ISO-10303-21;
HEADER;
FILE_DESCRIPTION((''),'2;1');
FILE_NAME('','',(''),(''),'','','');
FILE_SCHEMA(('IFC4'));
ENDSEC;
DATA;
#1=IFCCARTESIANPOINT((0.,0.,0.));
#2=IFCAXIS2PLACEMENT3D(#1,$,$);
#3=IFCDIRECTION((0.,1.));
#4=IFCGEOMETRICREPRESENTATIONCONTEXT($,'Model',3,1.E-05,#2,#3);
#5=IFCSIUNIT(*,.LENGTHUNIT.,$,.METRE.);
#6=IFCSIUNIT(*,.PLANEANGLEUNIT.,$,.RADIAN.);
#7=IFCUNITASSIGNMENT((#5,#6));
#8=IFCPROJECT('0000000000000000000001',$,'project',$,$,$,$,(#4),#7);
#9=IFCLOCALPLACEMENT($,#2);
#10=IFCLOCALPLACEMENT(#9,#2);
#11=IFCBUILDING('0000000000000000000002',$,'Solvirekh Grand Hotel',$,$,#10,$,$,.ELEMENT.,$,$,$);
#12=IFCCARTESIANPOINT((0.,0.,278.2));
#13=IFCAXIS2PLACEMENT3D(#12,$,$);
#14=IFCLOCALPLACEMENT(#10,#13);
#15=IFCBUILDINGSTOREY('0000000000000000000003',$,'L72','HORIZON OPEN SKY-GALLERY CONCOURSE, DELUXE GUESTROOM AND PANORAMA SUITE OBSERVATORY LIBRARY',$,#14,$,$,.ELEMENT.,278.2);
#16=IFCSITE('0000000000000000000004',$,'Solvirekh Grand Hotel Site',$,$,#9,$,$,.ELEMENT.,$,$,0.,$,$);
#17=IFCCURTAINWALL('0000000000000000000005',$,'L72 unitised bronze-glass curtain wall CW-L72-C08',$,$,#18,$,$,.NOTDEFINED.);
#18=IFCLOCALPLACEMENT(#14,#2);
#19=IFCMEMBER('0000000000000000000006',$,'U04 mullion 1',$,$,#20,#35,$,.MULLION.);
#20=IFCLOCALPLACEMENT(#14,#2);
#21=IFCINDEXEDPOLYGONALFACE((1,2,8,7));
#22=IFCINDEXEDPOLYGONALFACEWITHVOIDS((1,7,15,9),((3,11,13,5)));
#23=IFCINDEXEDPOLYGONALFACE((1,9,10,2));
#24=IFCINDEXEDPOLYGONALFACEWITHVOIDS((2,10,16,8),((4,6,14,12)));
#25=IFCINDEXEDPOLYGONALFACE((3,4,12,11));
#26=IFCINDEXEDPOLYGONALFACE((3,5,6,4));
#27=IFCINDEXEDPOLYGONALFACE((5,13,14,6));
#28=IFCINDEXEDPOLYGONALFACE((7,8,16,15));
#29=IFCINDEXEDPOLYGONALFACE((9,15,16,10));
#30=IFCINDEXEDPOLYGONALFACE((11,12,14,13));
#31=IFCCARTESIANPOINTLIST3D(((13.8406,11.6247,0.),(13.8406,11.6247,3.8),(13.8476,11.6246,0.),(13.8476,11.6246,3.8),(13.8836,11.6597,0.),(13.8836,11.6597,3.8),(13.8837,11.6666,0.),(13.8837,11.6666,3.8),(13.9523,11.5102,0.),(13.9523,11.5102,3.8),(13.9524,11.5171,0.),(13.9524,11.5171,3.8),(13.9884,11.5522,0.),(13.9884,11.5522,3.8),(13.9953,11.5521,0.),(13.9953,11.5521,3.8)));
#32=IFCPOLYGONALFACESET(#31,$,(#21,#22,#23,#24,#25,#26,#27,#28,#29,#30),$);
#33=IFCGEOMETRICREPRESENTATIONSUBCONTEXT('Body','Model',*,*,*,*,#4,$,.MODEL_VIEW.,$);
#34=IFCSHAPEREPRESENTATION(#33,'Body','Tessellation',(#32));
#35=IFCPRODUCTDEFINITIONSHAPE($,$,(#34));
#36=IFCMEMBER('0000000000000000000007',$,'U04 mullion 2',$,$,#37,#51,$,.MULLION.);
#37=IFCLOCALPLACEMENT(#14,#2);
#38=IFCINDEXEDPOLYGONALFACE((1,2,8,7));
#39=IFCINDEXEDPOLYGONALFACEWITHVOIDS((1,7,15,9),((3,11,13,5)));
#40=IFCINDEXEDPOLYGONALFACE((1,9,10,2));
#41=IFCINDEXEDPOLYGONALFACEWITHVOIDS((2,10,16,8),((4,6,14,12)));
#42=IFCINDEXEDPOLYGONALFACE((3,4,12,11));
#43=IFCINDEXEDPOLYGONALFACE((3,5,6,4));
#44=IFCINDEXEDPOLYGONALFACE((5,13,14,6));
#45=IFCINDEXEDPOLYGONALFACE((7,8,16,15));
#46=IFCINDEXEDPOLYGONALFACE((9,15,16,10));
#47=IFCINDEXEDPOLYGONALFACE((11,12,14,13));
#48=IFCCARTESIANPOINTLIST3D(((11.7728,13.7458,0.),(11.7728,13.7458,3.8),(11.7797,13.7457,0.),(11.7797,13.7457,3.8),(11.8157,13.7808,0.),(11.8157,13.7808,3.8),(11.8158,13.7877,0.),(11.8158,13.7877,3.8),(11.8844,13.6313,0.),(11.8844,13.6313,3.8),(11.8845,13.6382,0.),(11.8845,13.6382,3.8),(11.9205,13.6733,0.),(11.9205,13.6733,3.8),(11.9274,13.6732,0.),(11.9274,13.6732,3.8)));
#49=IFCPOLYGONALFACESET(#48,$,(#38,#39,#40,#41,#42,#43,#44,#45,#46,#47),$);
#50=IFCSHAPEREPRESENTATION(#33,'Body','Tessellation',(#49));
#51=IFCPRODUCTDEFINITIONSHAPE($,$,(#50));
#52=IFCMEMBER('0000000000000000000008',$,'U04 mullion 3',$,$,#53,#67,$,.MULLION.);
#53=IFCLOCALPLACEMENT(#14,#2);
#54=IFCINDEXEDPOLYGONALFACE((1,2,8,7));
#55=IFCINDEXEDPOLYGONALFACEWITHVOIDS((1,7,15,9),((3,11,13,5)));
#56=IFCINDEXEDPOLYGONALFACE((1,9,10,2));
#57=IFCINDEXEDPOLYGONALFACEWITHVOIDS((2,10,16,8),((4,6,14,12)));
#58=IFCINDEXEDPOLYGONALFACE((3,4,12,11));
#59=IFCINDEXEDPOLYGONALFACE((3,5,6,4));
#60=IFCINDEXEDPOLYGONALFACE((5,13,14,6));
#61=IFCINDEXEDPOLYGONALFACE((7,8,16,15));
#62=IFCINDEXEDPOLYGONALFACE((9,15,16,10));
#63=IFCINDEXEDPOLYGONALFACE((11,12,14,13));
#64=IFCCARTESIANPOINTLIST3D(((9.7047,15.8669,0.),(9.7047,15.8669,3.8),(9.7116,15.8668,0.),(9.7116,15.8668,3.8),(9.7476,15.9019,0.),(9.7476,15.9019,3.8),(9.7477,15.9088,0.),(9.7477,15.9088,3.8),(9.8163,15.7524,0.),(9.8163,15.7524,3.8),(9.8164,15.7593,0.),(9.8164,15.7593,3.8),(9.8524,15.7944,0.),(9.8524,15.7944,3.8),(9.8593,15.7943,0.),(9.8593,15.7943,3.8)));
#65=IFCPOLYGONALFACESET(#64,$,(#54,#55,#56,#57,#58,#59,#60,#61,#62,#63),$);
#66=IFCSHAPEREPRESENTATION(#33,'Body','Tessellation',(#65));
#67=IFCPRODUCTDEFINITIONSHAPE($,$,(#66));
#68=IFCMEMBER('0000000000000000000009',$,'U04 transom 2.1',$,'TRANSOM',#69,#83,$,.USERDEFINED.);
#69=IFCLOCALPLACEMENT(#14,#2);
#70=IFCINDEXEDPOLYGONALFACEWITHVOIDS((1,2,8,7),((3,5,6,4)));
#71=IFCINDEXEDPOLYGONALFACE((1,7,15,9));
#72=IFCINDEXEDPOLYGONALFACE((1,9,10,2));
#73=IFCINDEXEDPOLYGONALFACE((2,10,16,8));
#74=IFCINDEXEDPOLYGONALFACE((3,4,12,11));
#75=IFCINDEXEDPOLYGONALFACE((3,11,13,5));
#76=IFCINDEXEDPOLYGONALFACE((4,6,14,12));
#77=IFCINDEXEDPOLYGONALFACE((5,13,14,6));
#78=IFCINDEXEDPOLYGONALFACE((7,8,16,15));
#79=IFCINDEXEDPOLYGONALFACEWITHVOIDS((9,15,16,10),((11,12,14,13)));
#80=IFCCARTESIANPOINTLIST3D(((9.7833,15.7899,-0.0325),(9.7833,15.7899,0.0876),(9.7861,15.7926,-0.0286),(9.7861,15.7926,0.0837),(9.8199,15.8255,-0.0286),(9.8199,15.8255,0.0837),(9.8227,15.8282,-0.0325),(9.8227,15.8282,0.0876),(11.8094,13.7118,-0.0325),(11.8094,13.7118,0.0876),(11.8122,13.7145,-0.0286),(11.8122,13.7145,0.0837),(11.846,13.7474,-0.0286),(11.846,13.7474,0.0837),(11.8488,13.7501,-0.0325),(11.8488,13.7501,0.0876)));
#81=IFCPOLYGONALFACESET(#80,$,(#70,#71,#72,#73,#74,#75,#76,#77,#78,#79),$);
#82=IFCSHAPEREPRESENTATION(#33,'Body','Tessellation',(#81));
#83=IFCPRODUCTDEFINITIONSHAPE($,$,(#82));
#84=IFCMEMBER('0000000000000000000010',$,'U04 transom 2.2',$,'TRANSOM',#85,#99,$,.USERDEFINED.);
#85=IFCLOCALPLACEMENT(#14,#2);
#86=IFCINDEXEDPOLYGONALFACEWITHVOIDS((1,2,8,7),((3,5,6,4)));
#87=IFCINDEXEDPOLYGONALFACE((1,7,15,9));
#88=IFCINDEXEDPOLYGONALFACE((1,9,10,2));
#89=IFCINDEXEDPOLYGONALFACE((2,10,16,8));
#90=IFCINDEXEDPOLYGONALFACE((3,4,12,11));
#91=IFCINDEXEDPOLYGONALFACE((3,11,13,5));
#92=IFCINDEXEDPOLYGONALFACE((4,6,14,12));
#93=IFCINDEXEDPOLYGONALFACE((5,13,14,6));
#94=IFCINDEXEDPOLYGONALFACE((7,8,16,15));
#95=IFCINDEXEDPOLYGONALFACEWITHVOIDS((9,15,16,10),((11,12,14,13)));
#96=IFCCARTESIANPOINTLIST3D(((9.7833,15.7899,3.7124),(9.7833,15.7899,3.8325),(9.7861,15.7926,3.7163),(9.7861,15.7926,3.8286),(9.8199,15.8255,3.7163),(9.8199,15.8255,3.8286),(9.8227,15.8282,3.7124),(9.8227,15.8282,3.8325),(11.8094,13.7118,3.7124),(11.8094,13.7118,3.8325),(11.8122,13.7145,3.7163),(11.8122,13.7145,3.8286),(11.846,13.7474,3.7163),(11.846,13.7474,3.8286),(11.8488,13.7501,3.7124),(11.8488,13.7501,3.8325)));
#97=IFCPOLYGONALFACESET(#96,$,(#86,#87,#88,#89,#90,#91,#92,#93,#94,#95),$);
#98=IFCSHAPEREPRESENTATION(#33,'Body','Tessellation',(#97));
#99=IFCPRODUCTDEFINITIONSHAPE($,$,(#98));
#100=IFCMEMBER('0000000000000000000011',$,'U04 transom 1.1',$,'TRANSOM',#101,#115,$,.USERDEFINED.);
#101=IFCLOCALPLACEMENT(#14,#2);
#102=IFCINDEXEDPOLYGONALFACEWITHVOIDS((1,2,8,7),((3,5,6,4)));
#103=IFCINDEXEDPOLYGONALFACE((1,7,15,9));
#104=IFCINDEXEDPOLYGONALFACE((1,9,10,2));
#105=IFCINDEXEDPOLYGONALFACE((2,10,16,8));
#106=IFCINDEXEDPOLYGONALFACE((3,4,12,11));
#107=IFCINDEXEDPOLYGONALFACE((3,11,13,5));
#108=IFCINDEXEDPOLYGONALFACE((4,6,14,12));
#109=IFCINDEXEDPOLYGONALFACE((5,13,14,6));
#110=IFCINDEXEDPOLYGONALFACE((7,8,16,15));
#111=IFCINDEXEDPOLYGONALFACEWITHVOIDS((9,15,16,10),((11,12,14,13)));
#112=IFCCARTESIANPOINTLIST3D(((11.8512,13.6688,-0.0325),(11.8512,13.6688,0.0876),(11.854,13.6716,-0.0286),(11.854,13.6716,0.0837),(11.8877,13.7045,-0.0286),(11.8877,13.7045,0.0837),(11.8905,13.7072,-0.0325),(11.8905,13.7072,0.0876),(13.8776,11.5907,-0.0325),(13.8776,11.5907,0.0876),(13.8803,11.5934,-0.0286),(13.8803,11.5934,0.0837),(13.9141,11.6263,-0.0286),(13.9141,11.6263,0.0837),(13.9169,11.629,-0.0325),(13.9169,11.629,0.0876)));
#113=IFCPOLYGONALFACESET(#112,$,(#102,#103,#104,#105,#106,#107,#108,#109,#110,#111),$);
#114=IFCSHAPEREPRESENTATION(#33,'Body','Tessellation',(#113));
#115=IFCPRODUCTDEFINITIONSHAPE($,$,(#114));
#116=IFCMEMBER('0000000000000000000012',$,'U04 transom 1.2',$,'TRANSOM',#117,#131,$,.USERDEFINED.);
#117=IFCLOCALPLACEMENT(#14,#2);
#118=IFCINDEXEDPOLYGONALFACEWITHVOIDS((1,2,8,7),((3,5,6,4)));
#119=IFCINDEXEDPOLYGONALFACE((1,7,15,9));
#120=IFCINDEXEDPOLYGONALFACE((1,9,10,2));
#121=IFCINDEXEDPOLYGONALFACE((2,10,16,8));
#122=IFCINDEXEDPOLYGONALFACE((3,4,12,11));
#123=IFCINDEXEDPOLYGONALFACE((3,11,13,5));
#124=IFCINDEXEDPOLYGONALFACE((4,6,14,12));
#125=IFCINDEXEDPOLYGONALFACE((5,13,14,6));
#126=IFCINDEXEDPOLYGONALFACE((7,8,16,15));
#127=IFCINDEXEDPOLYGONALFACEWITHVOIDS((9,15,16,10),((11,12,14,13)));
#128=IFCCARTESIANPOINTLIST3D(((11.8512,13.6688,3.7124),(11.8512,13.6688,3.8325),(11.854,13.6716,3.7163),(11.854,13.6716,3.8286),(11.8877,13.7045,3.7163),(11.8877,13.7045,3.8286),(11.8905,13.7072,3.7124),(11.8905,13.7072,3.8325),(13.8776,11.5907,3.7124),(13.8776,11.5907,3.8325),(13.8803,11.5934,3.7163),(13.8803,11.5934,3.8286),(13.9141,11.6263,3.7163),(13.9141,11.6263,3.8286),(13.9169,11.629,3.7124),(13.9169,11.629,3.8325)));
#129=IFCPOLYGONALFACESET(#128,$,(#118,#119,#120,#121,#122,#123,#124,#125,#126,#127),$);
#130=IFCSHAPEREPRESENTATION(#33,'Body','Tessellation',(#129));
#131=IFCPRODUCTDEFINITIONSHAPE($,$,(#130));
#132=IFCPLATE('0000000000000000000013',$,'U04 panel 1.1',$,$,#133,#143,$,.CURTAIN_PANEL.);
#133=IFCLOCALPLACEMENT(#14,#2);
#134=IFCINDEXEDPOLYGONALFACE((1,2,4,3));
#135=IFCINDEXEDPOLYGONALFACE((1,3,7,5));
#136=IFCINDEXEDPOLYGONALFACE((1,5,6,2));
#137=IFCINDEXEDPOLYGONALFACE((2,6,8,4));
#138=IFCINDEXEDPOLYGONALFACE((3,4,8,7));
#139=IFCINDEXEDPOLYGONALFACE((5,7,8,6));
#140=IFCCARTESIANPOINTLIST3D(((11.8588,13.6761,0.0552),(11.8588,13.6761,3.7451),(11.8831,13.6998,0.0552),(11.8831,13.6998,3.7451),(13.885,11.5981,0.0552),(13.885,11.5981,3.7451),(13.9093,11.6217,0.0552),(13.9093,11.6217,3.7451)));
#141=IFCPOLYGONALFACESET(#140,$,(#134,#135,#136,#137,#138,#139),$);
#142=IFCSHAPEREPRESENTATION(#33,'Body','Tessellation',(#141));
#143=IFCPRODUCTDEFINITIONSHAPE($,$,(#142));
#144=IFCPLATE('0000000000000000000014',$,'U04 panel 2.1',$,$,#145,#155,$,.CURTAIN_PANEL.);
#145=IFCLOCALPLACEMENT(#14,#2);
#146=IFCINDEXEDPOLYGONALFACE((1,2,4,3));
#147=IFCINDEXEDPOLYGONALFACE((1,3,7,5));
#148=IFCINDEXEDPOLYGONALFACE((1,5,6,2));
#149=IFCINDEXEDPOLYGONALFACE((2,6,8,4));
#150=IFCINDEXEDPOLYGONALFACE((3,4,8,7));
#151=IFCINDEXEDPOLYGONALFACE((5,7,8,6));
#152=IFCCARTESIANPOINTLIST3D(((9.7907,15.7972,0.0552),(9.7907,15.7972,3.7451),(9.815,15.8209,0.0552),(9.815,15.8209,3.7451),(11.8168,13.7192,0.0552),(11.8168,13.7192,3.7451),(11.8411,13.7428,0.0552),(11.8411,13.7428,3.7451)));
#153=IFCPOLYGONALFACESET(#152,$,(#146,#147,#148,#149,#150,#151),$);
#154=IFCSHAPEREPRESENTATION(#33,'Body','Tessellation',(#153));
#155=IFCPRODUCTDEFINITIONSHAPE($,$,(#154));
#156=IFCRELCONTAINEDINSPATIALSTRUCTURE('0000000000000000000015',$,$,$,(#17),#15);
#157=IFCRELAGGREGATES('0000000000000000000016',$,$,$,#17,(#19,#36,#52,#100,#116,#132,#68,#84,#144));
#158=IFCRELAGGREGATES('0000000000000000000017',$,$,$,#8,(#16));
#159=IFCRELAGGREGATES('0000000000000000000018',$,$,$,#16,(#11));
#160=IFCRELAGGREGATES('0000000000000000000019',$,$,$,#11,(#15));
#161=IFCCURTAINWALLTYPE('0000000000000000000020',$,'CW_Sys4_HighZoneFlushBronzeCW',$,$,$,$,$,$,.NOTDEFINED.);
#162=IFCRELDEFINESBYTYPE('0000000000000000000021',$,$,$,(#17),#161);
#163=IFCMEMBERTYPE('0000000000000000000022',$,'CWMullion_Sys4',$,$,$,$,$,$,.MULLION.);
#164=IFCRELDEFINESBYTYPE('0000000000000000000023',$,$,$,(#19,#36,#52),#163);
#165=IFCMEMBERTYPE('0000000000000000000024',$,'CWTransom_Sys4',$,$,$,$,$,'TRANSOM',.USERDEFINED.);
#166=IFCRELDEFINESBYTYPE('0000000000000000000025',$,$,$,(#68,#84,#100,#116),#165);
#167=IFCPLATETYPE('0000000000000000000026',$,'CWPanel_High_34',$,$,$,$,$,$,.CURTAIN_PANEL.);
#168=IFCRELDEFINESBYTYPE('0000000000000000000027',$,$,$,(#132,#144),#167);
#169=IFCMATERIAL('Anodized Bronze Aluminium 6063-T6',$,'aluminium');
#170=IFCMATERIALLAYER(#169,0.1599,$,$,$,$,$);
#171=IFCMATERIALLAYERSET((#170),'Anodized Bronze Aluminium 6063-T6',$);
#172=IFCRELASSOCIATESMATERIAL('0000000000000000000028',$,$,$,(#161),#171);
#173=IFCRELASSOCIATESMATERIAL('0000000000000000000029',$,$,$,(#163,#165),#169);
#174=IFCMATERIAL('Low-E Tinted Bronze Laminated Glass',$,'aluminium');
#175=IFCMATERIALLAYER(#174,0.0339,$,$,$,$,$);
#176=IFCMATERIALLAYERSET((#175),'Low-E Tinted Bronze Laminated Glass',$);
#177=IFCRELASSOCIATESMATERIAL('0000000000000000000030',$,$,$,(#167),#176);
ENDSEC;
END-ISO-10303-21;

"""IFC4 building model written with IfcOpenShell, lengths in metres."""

from ifc_helpers import new_model, si_unit, direction, frame, origin, origin_2d, place, context, subcontext, project, spatial, rectangle, hollow_rectangle, extrude, source, transform, mapped, material, layer, layer_set, material_profile, profile_set, type_object, element, aggregate, save


model = new_model("IFC4")

# Units and contexts
model_context = context("Model", 3, precision=1e-05, world=origin(), true_north=direction((0.0, 1.0)))
body_context = subcontext(model_context, "Body", "Model", "MODEL_VIEW")
ifc_project = project(units=[si_unit("LENGTHUNIT", "METRE"), si_unit("PLANEANGLEUNIT", "RADIAN")], contexts=[model_context])

# Site, building, storey
site_placement = place(None, origin())
site = spatial("IfcSite", under=ifc_project, at=site_placement, Name="Solvirekh Grand Hotel Site", CompositionType="ELEMENT", RefElevation=0.0)
building_placement = place(site_placement, origin())
building = spatial("IfcBuilding", under=site, at=building_placement, Name="Solvirekh Grand Hotel", CompositionType="ELEMENT")
storey_placement = place(building_placement, frame((0.0, 0.0, 278.2)))
storey = spatial("IfcBuildingStorey", under=building, at=storey_placement, Name="L72", Description="HORIZON OPEN SKY-GALLERY CONCOURSE, DELUXE GUESTROOM AND PANORAMA SUITE OBSERVATORY LIBRARY", CompositionType="ELEMENT", Elevation=278.2)

# Curtain wall, members, plates
ifc_material_1 = material(Name="Anodized Bronze Aluminium 6063-T6", Category="aluminium")
ifc_layer_1 = layer(ifc_material_1, 0.1599)
ifc_layer_set_1 = layer_set([ifc_layer_1], Name="Anodized Bronze Aluminium 6063-T6")
curtain_wall_type = type_object("IfcCurtainWallType", Name="CW_Sys4_HighZoneFlushBronzeCW", PredefinedType="NOTDEFINED", material=ifc_layer_set_1)
curtain_wall_placement = place(storey_placement, origin())
curtain_wall = element("IfcCurtainWall", 1, at=curtain_wall_placement, inside=storey, type_object=curtain_wall_type, Name="L72 unitised bronze-glass curtain wall CW-L72-C08", PredefinedType="NOTDEFINED")
ifc_material_profile_1 = material_profile(ifc_material_1, hollow_rectangle(XDim=0.0601, YDim=0.1599, WallThickness=0.0049, at=origin_2d()), Name="ALU RHS 160X60X5")
ifc_profile_set_1 = profile_set([ifc_material_profile_1], Name="Anodized Bronze Aluminium 6063-T6")
member_type_1 = type_object("IfcMemberType", Name="CWMullion_Sys4", PredefinedType="MULLION", material=ifc_profile_set_1)
shared_shape_1 = source(origin(), body_context, "Body", "SweptSolid", [
    extrude(hollow_rectangle(XDim=0.0601, YDim=0.1599, WallThickness=0.0049, at=origin_2d()), origin(), (0.0, 0.0, 1.0), 3.8),
])
member_1_placement = place(storey_placement, frame((13.918, 11.5884, 0.0), z_axis=(0.0, 0.0, 1.0), x_axis=(-0.71599, -0.698111, 0.0)))
member_1 = element("IfcMember", 2, at=member_1_placement, type_object=member_type_1, Name="U04 mullion 1", PredefinedType="MULLION", context=body_context, shape_type="MappedRepresentation", body=[
    mapped(shared_shape_1, transform((0.0, 0.0, 0.0), x_axis=(1.0, 0.0, 0.0), y_axis=(0.0, 1.0, 0.0), z_axis=(0.0, 0.0, 1.0), scale=1.0)),
])
member_2_placement = place(storey_placement, frame((11.8501, 13.7095, 0.0), z_axis=(0.0, 0.0, 1.0), x_axis=(-0.71599, -0.698111, 0.0)))
member_2 = element("IfcMember", 3, at=member_2_placement, type_object=member_type_1, Name="U04 mullion 2", PredefinedType="MULLION", context=body_context, shape_type="MappedRepresentation", body=[
    mapped(shared_shape_1, transform((0.0, 0.0, 0.0), x_axis=(1.0, 0.0, 0.0), y_axis=(0.0, 1.0, 0.0), z_axis=(0.0, 0.0, 1.0), scale=1.0)),
])
member_3_placement = place(storey_placement, frame((9.782, 15.8306, 0.0), z_axis=(0.0, 0.0, 1.0), x_axis=(-0.71599, -0.698111, 0.0)))
member_3 = element("IfcMember", 4, at=member_3_placement, type_object=member_type_1, Name="U04 mullion 3", PredefinedType="MULLION", context=body_context, shape_type="MappedRepresentation", body=[
    mapped(shared_shape_1, transform((0.0, 0.0, 0.0), x_axis=(1.0, 0.0, 0.0), y_axis=(0.0, 1.0, 0.0), z_axis=(0.0, 0.0, 1.0), scale=1.0)),
])
ifc_material_profile_2 = material_profile(ifc_material_1, hollow_rectangle(XDim=0.0549, YDim=0.1201, WallThickness=0.0039, at=origin_2d()), Name="ALU RHS 120X55X4")
ifc_profile_set_2 = profile_set([ifc_material_profile_2], Name="Anodized Bronze Aluminium 6063-T6")
member_type_2 = type_object("IfcMemberType", Name="CWTransom_Sys4", ElementType="TRANSOM", PredefinedType="USERDEFINED", material=ifc_profile_set_2)
shared_shape_2 = source(origin(), body_context, "Body", "SweptSolid", [
    extrude(hollow_rectangle(XDim=0.0549, YDim=0.1201, WallThickness=0.0039, at=origin_2d()), origin(), (0.0, 0.0, 1.0), 2.9023),
])
member_4_placement = place(storey_placement, frame((11.8291, 13.731, 0.0276), z_axis=(-0.698092, 0.716009, 0.0), x_axis=(-0.716009, -0.698092, 0.0)))
member_4 = element("IfcMember", 5, at=member_4_placement, type_object=member_type_2, Name="U04 transom 2.1", ObjectType="TRANSOM", PredefinedType="USERDEFINED", context=body_context, shape_type="MappedRepresentation", body=[
    mapped(shared_shape_2, transform((0.0, 0.0, 0.0), x_axis=(1.0, 0.0, 0.0), y_axis=(0.0, 1.0, 0.0), z_axis=(0.0, 0.0, 1.0), scale=1.0)),
])
member_5_placement = place(storey_placement, frame((11.8291, 13.731, 3.7725), z_axis=(-0.698092, 0.716009, 0.0), x_axis=(-0.716009, -0.698092, 0.0)))
member_5 = element("IfcMember", 6, at=member_5_placement, type_object=member_type_2, Name="U04 transom 2.2", ObjectType="TRANSOM", PredefinedType="USERDEFINED", context=body_context, shape_type="MappedRepresentation", body=[
    mapped(shared_shape_2, transform((0.0, 0.0, 0.0), x_axis=(1.0, 0.0, 0.0), y_axis=(0.0, 1.0, 0.0), z_axis=(0.0, 0.0, 1.0), scale=1.0)),
])
shared_shape_3 = source(origin(), body_context, "Body", "SweptSolid", [
    extrude(hollow_rectangle(XDim=0.0549, YDim=0.1201, WallThickness=0.0039, at=origin_2d()), origin(), (0.0, 0.0, 1.0), 2.9026),
])
member_6_placement = place(storey_placement, frame((13.8972, 11.6099, 0.0276), z_axis=(-0.698135, 0.715967, 0.0), x_axis=(-0.715967, -0.698135, 0.0)))
member_6 = element("IfcMember", 7, at=member_6_placement, type_object=member_type_2, Name="U04 transom 1.1", ObjectType="TRANSOM", PredefinedType="USERDEFINED", context=body_context, shape_type="MappedRepresentation", body=[
    mapped(shared_shape_3, transform((0.0, 0.0, 0.0), x_axis=(1.0, 0.0, 0.0), y_axis=(0.0, 1.0, 0.0), z_axis=(0.0, 0.0, 1.0), scale=1.0)),
])
member_7_placement = place(storey_placement, frame((13.8972, 11.6099, 3.7725), z_axis=(-0.698135, 0.715967, 0.0), x_axis=(-0.715967, -0.698135, 0.0)))
member_7 = element("IfcMember", 8, at=member_7_placement, type_object=member_type_2, Name="U04 transom 1.2", ObjectType="TRANSOM", PredefinedType="USERDEFINED", context=body_context, shape_type="MappedRepresentation", body=[
    mapped(shared_shape_3, transform((0.0, 0.0, 0.0), x_axis=(1.0, 0.0, 0.0), y_axis=(0.0, 1.0, 0.0), z_axis=(0.0, 0.0, 1.0), scale=1.0)),
])
ifc_material_2 = material(Name="Low-E Tinted Bronze Laminated Glass", Category="aluminium")
ifc_layer_2 = layer(ifc_material_2, 0.0339)
ifc_layer_set_2 = layer_set([ifc_layer_2], Name="Low-E Tinted Bronze Laminated Glass")
plate_type = type_object("IfcPlateType", Name="CWPanel_High_34", PredefinedType="CURTAIN_PANEL", material=ifc_layer_set_2)
shared_shape_4 = source(origin(), body_context, "Body", "SweptSolid", [
    extrude(rectangle(XDim=2.9023, YDim=0.0339, at=origin_2d()), origin(), (0.0, 0.0, 1.0), 3.6899),
])
plate_1_placement = place(storey_placement, frame((12.884, 12.6489, 0.0552), z_axis=(0.0, 0.0, 1.0), x_axis=(-0.698111, 0.71599, 0.0)))
plate_1 = element("IfcPlate", 9, at=plate_1_placement, type_object=plate_type, Name="U04 panel 1.1", PredefinedType="CURTAIN_PANEL", context=body_context, shape_type="MappedRepresentation", body=[
    mapped(shared_shape_4, transform((0.0, 0.0, 0.0), x_axis=(1.0, 0.0, 0.0), y_axis=(0.0, 1.0, 0.0), z_axis=(0.0, 0.0, 1.0), scale=1.0)),
])
plate_2_placement = place(storey_placement, frame((10.8159, 14.77, 0.0552), z_axis=(0.0, 0.0, 1.0), x_axis=(-0.698111, 0.71599, 0.0)))
plate_2 = element("IfcPlate", 10, at=plate_2_placement, type_object=plate_type, Name="U04 panel 2.1", PredefinedType="CURTAIN_PANEL", context=body_context, shape_type="MappedRepresentation", body=[
    mapped(shared_shape_4, transform((0.0, 0.0, 0.0), x_axis=(1.0, 0.0, 0.0), y_axis=(0.0, 1.0, 0.0), z_axis=(0.0, 0.0, 1.0), scale=1.0)),
])
aggregate(curtain_wall, [member_1, member_2, member_3, member_6, member_7, plate_1, member_4, member_5, plate_2])

save(model, "model.ifc")
